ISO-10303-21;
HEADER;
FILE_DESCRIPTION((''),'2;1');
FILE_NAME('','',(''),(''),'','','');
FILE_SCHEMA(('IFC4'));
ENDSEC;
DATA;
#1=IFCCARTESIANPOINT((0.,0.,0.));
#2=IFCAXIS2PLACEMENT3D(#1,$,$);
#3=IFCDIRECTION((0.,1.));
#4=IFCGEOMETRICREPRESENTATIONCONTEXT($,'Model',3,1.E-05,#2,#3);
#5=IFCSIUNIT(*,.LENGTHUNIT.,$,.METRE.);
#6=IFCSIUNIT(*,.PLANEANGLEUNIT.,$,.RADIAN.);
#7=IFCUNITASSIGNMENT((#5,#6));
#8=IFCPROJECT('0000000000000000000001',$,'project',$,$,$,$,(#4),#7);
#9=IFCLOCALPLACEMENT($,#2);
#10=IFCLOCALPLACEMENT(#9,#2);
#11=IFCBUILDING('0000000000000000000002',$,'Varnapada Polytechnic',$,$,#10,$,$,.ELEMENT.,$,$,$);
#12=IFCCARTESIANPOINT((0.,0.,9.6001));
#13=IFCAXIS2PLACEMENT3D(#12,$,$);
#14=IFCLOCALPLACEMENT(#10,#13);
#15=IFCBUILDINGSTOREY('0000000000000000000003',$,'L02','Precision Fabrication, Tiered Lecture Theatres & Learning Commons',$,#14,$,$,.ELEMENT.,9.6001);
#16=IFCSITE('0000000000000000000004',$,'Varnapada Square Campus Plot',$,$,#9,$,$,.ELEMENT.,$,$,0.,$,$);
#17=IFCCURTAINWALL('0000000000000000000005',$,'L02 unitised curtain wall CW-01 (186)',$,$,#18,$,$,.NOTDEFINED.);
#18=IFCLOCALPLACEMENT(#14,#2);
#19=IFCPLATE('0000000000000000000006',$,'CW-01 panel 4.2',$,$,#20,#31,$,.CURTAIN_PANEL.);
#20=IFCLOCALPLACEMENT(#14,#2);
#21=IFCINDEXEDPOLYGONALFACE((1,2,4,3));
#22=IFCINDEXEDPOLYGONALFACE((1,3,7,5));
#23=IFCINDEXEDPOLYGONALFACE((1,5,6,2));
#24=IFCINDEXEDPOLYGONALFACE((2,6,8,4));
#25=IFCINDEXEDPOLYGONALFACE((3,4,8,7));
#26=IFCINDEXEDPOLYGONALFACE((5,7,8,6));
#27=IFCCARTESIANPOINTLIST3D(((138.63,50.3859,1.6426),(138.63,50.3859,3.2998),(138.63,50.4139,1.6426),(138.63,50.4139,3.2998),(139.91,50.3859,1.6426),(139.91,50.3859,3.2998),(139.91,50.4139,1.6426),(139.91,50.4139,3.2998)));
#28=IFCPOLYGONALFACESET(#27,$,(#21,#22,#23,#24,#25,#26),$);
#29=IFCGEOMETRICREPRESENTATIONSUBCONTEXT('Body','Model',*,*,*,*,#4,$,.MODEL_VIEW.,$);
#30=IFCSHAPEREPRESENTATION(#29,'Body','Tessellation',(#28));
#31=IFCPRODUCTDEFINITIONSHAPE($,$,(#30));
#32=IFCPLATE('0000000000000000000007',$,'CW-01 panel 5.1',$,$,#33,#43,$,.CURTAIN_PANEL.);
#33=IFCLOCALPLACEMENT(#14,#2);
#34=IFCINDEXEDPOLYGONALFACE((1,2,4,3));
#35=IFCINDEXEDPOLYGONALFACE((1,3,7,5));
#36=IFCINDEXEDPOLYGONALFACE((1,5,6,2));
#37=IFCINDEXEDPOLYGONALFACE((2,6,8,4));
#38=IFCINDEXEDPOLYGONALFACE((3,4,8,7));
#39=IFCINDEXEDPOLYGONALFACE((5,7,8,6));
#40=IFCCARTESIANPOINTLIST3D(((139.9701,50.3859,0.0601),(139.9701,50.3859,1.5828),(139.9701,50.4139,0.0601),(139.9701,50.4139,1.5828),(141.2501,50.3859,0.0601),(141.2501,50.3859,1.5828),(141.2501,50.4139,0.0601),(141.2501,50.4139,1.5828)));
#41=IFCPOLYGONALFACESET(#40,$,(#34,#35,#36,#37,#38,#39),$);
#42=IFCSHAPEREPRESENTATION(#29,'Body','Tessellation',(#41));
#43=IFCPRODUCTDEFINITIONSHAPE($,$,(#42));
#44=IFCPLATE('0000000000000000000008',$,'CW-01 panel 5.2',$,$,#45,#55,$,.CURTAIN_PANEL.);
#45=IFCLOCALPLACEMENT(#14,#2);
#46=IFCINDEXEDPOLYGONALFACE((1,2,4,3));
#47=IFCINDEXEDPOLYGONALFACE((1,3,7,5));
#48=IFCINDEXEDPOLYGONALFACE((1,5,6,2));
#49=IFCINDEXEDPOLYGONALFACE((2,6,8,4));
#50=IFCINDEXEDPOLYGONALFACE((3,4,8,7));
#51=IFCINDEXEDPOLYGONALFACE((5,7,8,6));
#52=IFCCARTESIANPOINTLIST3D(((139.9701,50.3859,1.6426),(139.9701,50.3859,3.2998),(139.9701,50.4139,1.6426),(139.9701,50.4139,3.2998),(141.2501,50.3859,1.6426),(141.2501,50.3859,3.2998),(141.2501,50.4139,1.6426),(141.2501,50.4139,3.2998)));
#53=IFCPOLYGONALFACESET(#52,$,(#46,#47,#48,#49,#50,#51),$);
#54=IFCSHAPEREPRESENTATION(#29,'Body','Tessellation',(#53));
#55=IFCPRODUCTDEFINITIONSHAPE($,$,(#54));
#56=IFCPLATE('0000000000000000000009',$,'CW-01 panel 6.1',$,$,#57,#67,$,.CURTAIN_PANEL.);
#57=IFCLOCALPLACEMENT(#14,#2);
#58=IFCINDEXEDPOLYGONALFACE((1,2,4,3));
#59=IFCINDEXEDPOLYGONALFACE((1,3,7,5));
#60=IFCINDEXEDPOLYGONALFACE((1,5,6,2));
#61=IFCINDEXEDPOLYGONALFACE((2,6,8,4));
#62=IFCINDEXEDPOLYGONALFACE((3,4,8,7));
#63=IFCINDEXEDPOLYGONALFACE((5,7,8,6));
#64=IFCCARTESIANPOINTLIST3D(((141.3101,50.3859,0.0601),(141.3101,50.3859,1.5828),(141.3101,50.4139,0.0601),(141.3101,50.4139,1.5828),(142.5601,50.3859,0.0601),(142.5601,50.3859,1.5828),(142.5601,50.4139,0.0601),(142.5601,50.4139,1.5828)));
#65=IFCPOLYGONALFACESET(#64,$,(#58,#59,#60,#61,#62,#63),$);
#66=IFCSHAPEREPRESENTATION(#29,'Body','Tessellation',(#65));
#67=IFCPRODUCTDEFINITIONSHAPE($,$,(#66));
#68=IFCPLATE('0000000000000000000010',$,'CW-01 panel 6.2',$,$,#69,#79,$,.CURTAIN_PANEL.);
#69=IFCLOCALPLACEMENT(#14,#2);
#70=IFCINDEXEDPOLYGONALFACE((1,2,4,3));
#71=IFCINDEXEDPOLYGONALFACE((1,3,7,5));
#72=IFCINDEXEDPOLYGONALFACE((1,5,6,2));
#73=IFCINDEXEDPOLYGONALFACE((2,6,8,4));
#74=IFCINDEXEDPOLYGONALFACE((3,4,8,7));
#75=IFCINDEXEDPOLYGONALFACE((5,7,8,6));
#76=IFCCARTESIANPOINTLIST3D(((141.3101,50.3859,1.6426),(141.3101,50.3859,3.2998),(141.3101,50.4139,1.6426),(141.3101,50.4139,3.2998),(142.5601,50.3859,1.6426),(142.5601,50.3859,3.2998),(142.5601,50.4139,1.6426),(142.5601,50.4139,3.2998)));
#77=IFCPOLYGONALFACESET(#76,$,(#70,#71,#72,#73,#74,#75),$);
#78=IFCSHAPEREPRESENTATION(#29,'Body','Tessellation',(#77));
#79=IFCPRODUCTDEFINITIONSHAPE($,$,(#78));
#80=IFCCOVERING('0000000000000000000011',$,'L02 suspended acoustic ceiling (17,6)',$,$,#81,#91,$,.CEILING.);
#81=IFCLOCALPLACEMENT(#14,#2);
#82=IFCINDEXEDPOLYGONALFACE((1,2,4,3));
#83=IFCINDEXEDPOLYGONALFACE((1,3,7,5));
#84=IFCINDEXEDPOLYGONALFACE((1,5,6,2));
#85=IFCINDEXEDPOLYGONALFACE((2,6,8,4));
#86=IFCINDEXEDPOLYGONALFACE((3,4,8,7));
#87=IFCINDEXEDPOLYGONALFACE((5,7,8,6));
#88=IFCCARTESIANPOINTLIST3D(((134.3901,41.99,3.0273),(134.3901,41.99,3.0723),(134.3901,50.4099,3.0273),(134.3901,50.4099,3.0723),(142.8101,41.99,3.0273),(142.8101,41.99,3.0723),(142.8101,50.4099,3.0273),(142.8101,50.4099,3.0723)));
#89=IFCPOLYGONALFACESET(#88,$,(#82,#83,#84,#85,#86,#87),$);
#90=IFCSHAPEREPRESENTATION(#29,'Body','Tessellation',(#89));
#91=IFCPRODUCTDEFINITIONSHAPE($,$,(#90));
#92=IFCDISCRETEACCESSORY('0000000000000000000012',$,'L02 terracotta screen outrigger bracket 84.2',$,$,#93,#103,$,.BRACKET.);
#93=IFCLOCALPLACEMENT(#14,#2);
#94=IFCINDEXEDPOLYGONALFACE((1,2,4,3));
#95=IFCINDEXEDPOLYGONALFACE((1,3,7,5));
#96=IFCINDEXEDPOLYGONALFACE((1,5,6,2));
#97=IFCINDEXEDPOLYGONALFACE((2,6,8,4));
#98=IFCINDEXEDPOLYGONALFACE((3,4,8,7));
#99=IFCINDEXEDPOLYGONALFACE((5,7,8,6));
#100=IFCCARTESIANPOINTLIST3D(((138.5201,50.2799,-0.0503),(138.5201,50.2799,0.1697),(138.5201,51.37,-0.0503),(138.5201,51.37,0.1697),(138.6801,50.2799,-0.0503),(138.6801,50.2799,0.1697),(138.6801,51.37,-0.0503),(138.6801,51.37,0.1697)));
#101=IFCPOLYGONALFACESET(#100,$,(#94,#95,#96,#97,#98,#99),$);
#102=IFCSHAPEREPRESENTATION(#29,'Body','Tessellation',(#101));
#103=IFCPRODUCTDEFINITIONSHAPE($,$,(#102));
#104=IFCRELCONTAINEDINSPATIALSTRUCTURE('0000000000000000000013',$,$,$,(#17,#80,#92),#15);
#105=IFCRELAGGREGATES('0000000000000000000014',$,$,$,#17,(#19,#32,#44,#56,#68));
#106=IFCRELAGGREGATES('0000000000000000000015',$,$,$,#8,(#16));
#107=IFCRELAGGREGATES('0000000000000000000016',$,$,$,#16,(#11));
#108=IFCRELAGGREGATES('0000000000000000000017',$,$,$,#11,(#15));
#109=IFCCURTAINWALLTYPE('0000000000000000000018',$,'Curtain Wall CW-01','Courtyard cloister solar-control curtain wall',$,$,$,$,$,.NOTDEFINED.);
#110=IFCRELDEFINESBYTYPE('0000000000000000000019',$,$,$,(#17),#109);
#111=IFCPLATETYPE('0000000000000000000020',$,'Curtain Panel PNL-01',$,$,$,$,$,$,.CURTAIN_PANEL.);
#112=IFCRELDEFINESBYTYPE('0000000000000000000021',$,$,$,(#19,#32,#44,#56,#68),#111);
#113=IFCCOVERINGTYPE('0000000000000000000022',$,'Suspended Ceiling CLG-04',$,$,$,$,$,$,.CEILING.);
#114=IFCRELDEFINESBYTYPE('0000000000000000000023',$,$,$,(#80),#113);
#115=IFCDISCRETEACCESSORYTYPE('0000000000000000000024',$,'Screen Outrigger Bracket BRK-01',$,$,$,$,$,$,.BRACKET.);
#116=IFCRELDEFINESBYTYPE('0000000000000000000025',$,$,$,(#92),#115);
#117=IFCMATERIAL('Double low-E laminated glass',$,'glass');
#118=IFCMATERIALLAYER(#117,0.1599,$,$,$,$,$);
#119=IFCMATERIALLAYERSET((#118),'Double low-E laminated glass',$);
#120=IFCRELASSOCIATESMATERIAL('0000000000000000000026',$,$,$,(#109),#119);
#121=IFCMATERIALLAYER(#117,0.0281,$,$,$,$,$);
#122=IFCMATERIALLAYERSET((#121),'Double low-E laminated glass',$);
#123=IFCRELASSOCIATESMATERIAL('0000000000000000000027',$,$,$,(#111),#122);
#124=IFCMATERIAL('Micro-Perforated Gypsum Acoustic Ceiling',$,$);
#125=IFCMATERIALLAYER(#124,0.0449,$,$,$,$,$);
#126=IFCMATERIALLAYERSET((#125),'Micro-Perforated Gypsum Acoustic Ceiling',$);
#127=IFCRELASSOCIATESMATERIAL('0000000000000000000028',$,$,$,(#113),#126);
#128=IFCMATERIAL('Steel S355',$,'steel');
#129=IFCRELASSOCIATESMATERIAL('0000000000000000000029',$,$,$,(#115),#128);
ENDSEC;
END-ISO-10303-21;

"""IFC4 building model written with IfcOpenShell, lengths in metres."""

from ifc_helpers import new_model, si_unit, direction, frame, origin, origin_2d, place, context, subcontext, project, spatial, rectangle, extrude, material, layer, layer_set, type_object, element, aggregate, save


model = new_model("IFC4")

# Units and contexts
model_context = context("Model", 3, precision=1e-05, world=origin(), true_north=direction((0.0, 1.0)))
body_context = subcontext(model_context, "Body", "Model", "MODEL_VIEW")
ifc_project = project(units=[si_unit("LENGTHUNIT", "METRE"), si_unit("PLANEANGLEUNIT", "RADIAN")], contexts=[model_context])

# Site, building, storey
site_placement = place(None, origin())
site = spatial("IfcSite", under=ifc_project, at=site_placement, Name="Varnapada Square Campus Plot", CompositionType="ELEMENT", RefElevation=0.0)
building_placement = place(site_placement, origin())
building = spatial("IfcBuilding", under=site, at=building_placement, Name="Varnapada Polytechnic", CompositionType="ELEMENT")
storey_placement = place(building_placement, frame((0.0, 0.0, 9.6001)))
storey = spatial("IfcBuildingStorey", under=building, at=storey_placement, Name="L02", Description="Precision Fabrication, Tiered Lecture Theatres & Learning Commons", CompositionType="ELEMENT", Elevation=9.6001)

# Curtain wall, plates
ifc_material_1 = material(Name="Double low-E laminated glass", Category="glass")
ifc_layer_1 = layer(ifc_material_1, 0.1599)
ifc_layer_set_1 = layer_set([ifc_layer_1], Name="Double low-E laminated glass")
curtain_wall_type = type_object("IfcCurtainWallType", Name="Curtain Wall CW-01", Description="Courtyard cloister solar-control curtain wall", PredefinedType="NOTDEFINED", material=ifc_layer_set_1)
curtain_wall_placement = place(storey_placement, origin())
curtain_wall = element("IfcCurtainWall", 1, at=curtain_wall_placement, inside=storey, type_object=curtain_wall_type, Name="L02 unitised curtain wall CW-01 (186)", PredefinedType="NOTDEFINED")
ifc_layer_2 = layer(ifc_material_1, 0.0281)
ifc_layer_set_2 = layer_set([ifc_layer_2], Name="Double low-E laminated glass")
plate_type = type_object("IfcPlateType", Name="Curtain Panel PNL-01", PredefinedType="CURTAIN_PANEL", material=ifc_layer_set_2)
plate_1_placement = place(storey_placement, frame((139.27, 50.3999, 1.6426), z_axis=(0.0, 0.0, 1.0), x_axis=(1.0, 0.0, 0.0)))
plate_1 = element("IfcPlate", 2, at=plate_1_placement, type_object=plate_type, Name="CW-01 panel 4.2", PredefinedType="CURTAIN_PANEL", context=body_context, shape_type="SweptSolid", body=[
    extrude(rectangle(XDim=1.28, YDim=0.0281, at=origin_2d()), origin(), (0.0, 0.0, 1.0), 1.6572),
])
plate_2_placement = place(storey_placement, frame((140.6101, 50.3999, 0.0601), z_axis=(0.0, 0.0, 1.0), x_axis=(1.0, 0.0, 0.0)))
plate_2 = element("IfcPlate", 3, at=plate_2_placement, type_object=plate_type, Name="CW-01 panel 5.1", PredefinedType="CURTAIN_PANEL", context=body_context, shape_type="SweptSolid", body=[
    extrude(rectangle(XDim=1.28, YDim=0.0281, at=origin_2d()), origin(), (0.0, 0.0, 1.0), 1.5227),
])
plate_3_placement = place(storey_placement, frame((140.6101, 50.3999, 1.6426), z_axis=(0.0, 0.0, 1.0), x_axis=(1.0, 0.0, 0.0)))
plate_3 = element("IfcPlate", 4, at=plate_3_placement, type_object=plate_type, Name="CW-01 panel 5.2", PredefinedType="CURTAIN_PANEL", context=body_context, shape_type="SweptSolid", body=[
    extrude(rectangle(XDim=1.28, YDim=0.0281, at=origin_2d()), origin(), (0.0, 0.0, 1.0), 1.6572),
])
plate_4_placement = place(storey_placement, frame((141.9351, 50.3999, 0.0601), z_axis=(0.0, 0.0, 1.0), x_axis=(1.0, 0.0, 0.0)))
plate_4 = element("IfcPlate", 5, at=plate_4_placement, type_object=plate_type, Name="CW-01 panel 6.1", PredefinedType="CURTAIN_PANEL", context=body_context, shape_type="SweptSolid", body=[
    extrude(rectangle(XDim=1.25, YDim=0.0281, at=origin_2d()), origin(), (0.0, 0.0, 1.0), 1.5227),
])
plate_5_placement = place(storey_placement, frame((141.9351, 50.3999, 1.6426), z_axis=(0.0, 0.0, 1.0), x_axis=(1.0, 0.0, 0.0)))
plate_5 = element("IfcPlate", 6, at=plate_5_placement, type_object=plate_type, Name="CW-01 panel 6.2", PredefinedType="CURTAIN_PANEL", context=body_context, shape_type="SweptSolid", body=[
    extrude(rectangle(XDim=1.25, YDim=0.0281, at=origin_2d()), origin(), (0.0, 0.0, 1.0), 1.6572),
])
aggregate(curtain_wall, [plate_1, plate_2, plate_3, plate_4, plate_5])

# Covering
ifc_material_2 = material(Name="Micro-Perforated Gypsum Acoustic Ceiling")
ifc_layer_3 = layer(ifc_material_2, 0.0449)
ifc_layer_set_3 = layer_set([ifc_layer_3], Name="Micro-Perforated Gypsum Acoustic Ceiling")
covering_type = type_object("IfcCoveringType", Name="Suspended Ceiling CLG-04", PredefinedType="CEILING", material=ifc_layer_set_3)
covering_placement = place(storey_placement, frame((138.6001, 46.2, 3.0273), z_axis=(0.0, 0.0, 1.0), x_axis=(1.0, 0.0, 0.0)))
element("IfcCovering", 7, at=covering_placement, inside=storey, type_object=covering_type, Name="L02 suspended acoustic ceiling (17,6)", PredefinedType="CEILING", context=body_context, shape_type="SweptSolid", body=[
    extrude(rectangle(XDim=8.4199, YDim=8.4199, at=origin_2d()), origin(), (0.0, 0.0, 1.0), 0.0449),
])

# Discrete accessory
ifc_material_3 = material(Name="Steel S355", Category="steel")
discrete_accessory_type = type_object("IfcDiscreteAccessoryType", Name="Screen Outrigger Bracket BRK-01", PredefinedType="BRACKET", material=ifc_material_3)
discrete_accessory_placement = place(storey_placement, frame((138.6001, 50.825, -0.0503), z_axis=(0.0, 0.0, 1.0), x_axis=(1.0, 0.0, 0.0)))
element("IfcDiscreteAccessory", 8, at=discrete_accessory_placement, inside=storey, type_object=discrete_accessory_type, Name="L02 terracotta screen outrigger bracket 84.2", PredefinedType="BRACKET", context=body_context, shape_type="SweptSolid", body=[
    extrude(rectangle(XDim=0.1599, YDim=1.0901, at=origin_2d()), origin(), (0.0, 0.0, 1.0), 0.22),
])

save(model, "model.ifc")
